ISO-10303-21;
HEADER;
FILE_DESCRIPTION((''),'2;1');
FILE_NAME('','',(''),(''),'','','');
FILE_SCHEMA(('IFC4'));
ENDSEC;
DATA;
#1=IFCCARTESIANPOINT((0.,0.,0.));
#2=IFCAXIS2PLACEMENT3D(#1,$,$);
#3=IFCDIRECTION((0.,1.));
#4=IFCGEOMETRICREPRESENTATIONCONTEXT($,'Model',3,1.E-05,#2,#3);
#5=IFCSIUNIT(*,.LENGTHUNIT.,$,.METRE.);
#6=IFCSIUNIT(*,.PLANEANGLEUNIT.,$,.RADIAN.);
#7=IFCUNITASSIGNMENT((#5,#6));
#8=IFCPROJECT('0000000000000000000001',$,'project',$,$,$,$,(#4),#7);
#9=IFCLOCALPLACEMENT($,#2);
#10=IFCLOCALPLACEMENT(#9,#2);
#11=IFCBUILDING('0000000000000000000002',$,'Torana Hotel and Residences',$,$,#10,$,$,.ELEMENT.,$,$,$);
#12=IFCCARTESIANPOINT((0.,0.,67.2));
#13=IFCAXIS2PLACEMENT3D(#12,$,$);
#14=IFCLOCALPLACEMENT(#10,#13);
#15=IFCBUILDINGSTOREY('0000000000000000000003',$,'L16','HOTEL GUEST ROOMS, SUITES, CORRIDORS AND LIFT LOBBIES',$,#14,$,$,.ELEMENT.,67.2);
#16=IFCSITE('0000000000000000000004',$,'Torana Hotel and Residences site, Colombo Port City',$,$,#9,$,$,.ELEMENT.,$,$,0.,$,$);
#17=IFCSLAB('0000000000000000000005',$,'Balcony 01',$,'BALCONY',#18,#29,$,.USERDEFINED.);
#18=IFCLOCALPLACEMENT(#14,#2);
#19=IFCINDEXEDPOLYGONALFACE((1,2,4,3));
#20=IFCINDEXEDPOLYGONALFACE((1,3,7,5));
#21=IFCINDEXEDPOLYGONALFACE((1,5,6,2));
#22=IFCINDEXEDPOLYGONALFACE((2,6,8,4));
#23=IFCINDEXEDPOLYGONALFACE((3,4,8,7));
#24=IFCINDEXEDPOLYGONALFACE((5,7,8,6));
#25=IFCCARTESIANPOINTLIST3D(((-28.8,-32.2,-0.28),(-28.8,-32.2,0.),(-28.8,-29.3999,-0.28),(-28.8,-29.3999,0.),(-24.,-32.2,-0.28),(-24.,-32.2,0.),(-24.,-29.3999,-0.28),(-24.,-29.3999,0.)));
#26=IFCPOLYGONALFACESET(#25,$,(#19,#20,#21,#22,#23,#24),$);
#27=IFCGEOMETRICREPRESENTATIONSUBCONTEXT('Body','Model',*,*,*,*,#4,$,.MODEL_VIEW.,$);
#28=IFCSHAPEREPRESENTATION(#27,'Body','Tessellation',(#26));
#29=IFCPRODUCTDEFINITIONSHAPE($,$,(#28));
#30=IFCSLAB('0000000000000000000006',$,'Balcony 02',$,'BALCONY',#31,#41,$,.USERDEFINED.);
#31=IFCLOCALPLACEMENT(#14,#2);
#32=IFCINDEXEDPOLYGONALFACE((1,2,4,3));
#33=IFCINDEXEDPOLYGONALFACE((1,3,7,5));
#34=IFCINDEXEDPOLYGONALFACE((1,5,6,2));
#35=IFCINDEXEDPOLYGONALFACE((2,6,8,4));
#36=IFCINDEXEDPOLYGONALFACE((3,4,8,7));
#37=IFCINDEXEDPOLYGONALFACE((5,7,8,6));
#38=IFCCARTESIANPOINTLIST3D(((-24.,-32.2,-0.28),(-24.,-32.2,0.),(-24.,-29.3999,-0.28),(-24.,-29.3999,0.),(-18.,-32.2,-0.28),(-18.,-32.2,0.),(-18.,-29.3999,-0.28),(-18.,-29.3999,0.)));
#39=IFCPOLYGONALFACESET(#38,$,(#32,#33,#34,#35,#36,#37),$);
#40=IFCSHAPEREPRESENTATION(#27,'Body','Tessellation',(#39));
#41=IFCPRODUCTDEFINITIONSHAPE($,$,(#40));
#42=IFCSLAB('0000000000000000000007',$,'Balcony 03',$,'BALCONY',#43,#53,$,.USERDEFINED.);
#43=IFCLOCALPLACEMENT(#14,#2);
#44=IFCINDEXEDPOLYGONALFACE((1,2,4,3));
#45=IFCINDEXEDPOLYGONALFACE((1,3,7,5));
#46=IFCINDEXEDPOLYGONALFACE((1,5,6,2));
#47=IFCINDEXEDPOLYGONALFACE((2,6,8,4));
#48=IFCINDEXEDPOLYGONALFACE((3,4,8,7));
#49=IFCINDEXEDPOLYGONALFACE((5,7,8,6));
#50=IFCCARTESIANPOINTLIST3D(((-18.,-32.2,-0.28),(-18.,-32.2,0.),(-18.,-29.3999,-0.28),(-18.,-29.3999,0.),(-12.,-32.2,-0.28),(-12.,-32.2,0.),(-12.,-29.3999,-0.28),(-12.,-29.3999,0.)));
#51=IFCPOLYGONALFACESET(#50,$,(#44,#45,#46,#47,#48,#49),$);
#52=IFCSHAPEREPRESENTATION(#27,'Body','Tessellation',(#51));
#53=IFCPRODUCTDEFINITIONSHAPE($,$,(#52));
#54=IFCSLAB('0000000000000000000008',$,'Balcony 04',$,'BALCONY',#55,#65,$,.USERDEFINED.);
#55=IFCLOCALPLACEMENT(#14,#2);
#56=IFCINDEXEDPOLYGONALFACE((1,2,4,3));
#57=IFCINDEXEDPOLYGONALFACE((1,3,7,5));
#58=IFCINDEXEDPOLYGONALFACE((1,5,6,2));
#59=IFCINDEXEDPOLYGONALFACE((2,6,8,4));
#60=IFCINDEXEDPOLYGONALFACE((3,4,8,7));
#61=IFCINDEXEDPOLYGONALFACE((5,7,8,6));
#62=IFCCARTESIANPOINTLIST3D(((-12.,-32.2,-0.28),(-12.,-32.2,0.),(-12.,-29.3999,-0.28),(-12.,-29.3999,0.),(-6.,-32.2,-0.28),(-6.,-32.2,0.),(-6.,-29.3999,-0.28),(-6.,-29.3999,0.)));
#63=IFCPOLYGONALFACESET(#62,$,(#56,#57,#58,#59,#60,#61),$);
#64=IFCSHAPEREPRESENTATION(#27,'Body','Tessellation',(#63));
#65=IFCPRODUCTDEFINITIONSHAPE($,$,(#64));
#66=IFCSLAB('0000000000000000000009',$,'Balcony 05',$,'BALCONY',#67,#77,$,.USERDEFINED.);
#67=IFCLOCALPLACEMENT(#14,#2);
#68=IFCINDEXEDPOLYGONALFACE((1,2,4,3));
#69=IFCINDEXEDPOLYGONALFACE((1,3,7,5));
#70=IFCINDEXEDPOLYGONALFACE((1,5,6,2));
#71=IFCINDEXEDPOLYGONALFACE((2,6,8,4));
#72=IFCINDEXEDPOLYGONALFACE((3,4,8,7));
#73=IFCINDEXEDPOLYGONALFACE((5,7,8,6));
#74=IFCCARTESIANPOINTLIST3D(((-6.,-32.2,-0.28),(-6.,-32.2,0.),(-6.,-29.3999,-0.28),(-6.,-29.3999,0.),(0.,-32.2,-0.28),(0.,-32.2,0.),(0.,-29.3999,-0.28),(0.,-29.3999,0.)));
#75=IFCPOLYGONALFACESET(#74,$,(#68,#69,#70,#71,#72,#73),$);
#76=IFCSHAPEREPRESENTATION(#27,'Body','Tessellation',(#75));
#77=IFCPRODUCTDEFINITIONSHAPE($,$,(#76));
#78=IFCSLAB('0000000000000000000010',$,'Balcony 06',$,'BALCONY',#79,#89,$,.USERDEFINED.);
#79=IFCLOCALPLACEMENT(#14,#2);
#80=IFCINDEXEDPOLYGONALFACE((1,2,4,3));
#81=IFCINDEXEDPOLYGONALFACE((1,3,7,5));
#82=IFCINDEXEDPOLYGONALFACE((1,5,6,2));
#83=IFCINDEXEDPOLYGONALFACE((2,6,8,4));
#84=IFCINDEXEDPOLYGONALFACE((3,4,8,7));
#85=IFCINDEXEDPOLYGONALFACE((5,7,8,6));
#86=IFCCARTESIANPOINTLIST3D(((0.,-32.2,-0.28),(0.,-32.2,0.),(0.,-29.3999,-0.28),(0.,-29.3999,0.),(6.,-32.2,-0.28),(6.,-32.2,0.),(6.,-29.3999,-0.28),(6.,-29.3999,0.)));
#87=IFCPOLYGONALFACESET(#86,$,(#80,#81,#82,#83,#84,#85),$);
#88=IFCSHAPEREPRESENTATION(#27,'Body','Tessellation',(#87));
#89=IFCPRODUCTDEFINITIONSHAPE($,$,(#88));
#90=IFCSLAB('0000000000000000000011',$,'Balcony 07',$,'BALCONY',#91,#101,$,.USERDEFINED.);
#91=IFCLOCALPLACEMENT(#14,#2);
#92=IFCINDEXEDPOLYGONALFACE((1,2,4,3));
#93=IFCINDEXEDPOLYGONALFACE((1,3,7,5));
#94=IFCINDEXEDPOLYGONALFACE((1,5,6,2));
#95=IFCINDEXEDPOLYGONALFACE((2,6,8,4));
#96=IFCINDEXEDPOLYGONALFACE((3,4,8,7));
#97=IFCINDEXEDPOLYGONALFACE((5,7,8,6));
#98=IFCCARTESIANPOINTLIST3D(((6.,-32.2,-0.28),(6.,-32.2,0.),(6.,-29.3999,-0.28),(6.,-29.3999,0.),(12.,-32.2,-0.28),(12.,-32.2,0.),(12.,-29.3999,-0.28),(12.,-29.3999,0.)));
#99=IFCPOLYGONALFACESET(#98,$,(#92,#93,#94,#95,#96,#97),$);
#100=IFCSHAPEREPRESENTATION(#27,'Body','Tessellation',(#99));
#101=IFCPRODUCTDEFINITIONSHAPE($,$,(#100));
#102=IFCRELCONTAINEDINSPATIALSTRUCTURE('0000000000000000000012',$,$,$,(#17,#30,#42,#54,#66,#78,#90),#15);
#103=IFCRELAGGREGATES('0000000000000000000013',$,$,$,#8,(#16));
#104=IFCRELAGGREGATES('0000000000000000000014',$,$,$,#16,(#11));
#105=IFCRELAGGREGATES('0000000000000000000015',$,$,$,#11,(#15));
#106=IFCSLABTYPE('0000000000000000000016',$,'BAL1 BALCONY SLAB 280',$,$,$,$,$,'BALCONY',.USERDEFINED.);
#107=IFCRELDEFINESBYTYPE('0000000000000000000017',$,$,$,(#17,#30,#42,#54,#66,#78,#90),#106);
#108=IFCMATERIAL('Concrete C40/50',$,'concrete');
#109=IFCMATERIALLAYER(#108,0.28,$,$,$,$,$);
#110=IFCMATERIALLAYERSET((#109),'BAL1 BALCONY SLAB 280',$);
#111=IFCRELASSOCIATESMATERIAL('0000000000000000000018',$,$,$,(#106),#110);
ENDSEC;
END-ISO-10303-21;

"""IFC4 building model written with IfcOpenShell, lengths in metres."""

from ifc_helpers import new_model, si_unit, direction, frame, origin, place, context, subcontext, project, spatial, polyline, outline, extrude, material, layer, layer_set, type_object, element, save


model = new_model("IFC4")

# Units and contexts
model_context = context("Model", 3, precision=1e-05, world=origin(), true_north=direction((0.0, 1.0)))
body_context = subcontext(model_context, "Body", "Model", "MODEL_VIEW")
ifc_project = project(units=[si_unit("LENGTHUNIT", "METRE"), si_unit("PLANEANGLEUNIT", "RADIAN")], contexts=[model_context])

# Site, building, storey
site_placement = place(None, origin())
site = spatial("IfcSite", under=ifc_project, at=site_placement, Name="Torana Hotel and Residences site, Colombo Port City", CompositionType="ELEMENT", RefElevation=0.0)
building_placement = place(site_placement, origin())
building = spatial("IfcBuilding", under=site, at=building_placement, Name="Torana Hotel and Residences", CompositionType="ELEMENT")
storey_placement = place(building_placement, frame((0.0, 0.0, 67.2)))
storey = spatial("IfcBuildingStorey", under=building, at=storey_placement, Name="L16", Description="HOTEL GUEST ROOMS, SUITES, CORRIDORS AND LIFT LOBBIES", CompositionType="ELEMENT", Elevation=67.2)

# Slabs
ifc_material_1 = material(Name="Concrete C40/50", Category="concrete")
ifc_layer_1 = layer(ifc_material_1, 0.28)
ifc_layer_set_1 = layer_set([ifc_layer_1], Name="BAL1 BALCONY SLAB 280")
slab_type_1 = type_object("IfcSlabType", Name="BAL1 BALCONY SLAB 280", ElementType="BALCONY", PredefinedType="USERDEFINED", material=ifc_layer_set_1)
slab_1_placement = place(storey_placement, frame((0.0, 0.0, -0.28)))
element("IfcSlab", 1, at=slab_1_placement, inside=storey, type_object=slab_type_1, Name="Balcony 01", ObjectType="BALCONY", PredefinedType="USERDEFINED", context=body_context, shape_type="SweptSolid", body=[
    extrude(outline(polyline([(-28.8, -32.2), (-24.0, -32.2), (-24.0, -29.3999), (-28.8, -29.3999), (-28.8, -32.2)])), origin(), (0.0, 0.0, 1.0), 0.28),
])
slab_2_placement = place(storey_placement, frame((0.0, 0.0, -0.28)))
element("IfcSlab", 2, at=slab_2_placement, inside=storey, type_object=slab_type_1, Name="Balcony 02", ObjectType="BALCONY", PredefinedType="USERDEFINED", context=body_context, shape_type="SweptSolid", body=[
    extrude(outline(polyline([(-24.0, -32.2), (-18.0, -32.2), (-18.0, -29.3999), (-24.0, -29.3999), (-24.0, -32.2)])), origin(), (0.0, 0.0, 1.0), 0.28),
])
slab_3_placement = place(storey_placement, frame((0.0, 0.0, -0.28)))
element("IfcSlab", 3, at=slab_3_placement, inside=storey, type_object=slab_type_1, Name="Balcony 03", ObjectType="BALCONY", PredefinedType="USERDEFINED", context=body_context, shape_type="SweptSolid", body=[
    extrude(outline(polyline([(-18.0, -32.2), (-12.0, -32.2), (-12.0, -29.3999), (-18.0, -29.3999), (-18.0, -32.2)])), origin(), (0.0, 0.0, 1.0), 0.28),
])
slab_4_placement = place(storey_placement, frame((0.0, 0.0, -0.28)))
element("IfcSlab", 4, at=slab_4_placement, inside=storey, type_object=slab_type_1, Name="Balcony 04", ObjectType="BALCONY", PredefinedType="USERDEFINED", context=body_context, shape_type="SweptSolid", body=[
    extrude(outline(polyline([(-12.0, -32.2), (-6.0, -32.2), (-6.0, -29.3999), (-12.0, -29.3999), (-12.0, -32.2)])), origin(), (0.0, 0.0, 1.0), 0.28),
])
slab_5_placement = place(storey_placement, frame((0.0, 0.0, -0.28)))
element("IfcSlab", 5, at=slab_5_placement, inside=storey, type_object=slab_type_1, Name="Balcony 05", ObjectType="BALCONY", PredefinedType="USERDEFINED", context=body_context, shape_type="SweptSolid", body=[
    extrude(outline(polyline([(-6.0, -32.2), (0.0, -32.2), (0.0, -29.3999), (-6.0, -29.3999), (-6.0, -32.2)])), origin(), (0.0, 0.0, 1.0), 0.28),
])
slab_6_placement = place(storey_placement, frame((0.0, 0.0, -0.28)))
element("IfcSlab", 6, at=slab_6_placement, inside=storey, type_object=slab_type_1, Name="Balcony 06", ObjectType="BALCONY", PredefinedType="USERDEFINED", context=body_context, shape_type="SweptSolid", body=[
    extrude(outline(polyline([(0.0, -32.2), (6.0, -32.2), (6.0, -29.3999), (0.0, -29.3999), (0.0, -32.2)])), origin(), (0.0, 0.0, 1.0), 0.28),
])
slab_7_placement = place(storey_placement, frame((0.0, 0.0, -0.28)))
element("IfcSlab", 7, at=slab_7_placement, inside=storey, type_object=slab_type_1, Name="Balcony 07", ObjectType="BALCONY", PredefinedType="USERDEFINED", context=body_context, shape_type="SweptSolid", body=[
    extrude(outline(polyline([(6.0, -32.2), (12.0, -32.2), (12.0, -29.3999), (6.0, -29.3999), (6.0, -32.2)])), origin(), (0.0, 0.0, 1.0), 0.28),
])

save(model, "model.ifc")
